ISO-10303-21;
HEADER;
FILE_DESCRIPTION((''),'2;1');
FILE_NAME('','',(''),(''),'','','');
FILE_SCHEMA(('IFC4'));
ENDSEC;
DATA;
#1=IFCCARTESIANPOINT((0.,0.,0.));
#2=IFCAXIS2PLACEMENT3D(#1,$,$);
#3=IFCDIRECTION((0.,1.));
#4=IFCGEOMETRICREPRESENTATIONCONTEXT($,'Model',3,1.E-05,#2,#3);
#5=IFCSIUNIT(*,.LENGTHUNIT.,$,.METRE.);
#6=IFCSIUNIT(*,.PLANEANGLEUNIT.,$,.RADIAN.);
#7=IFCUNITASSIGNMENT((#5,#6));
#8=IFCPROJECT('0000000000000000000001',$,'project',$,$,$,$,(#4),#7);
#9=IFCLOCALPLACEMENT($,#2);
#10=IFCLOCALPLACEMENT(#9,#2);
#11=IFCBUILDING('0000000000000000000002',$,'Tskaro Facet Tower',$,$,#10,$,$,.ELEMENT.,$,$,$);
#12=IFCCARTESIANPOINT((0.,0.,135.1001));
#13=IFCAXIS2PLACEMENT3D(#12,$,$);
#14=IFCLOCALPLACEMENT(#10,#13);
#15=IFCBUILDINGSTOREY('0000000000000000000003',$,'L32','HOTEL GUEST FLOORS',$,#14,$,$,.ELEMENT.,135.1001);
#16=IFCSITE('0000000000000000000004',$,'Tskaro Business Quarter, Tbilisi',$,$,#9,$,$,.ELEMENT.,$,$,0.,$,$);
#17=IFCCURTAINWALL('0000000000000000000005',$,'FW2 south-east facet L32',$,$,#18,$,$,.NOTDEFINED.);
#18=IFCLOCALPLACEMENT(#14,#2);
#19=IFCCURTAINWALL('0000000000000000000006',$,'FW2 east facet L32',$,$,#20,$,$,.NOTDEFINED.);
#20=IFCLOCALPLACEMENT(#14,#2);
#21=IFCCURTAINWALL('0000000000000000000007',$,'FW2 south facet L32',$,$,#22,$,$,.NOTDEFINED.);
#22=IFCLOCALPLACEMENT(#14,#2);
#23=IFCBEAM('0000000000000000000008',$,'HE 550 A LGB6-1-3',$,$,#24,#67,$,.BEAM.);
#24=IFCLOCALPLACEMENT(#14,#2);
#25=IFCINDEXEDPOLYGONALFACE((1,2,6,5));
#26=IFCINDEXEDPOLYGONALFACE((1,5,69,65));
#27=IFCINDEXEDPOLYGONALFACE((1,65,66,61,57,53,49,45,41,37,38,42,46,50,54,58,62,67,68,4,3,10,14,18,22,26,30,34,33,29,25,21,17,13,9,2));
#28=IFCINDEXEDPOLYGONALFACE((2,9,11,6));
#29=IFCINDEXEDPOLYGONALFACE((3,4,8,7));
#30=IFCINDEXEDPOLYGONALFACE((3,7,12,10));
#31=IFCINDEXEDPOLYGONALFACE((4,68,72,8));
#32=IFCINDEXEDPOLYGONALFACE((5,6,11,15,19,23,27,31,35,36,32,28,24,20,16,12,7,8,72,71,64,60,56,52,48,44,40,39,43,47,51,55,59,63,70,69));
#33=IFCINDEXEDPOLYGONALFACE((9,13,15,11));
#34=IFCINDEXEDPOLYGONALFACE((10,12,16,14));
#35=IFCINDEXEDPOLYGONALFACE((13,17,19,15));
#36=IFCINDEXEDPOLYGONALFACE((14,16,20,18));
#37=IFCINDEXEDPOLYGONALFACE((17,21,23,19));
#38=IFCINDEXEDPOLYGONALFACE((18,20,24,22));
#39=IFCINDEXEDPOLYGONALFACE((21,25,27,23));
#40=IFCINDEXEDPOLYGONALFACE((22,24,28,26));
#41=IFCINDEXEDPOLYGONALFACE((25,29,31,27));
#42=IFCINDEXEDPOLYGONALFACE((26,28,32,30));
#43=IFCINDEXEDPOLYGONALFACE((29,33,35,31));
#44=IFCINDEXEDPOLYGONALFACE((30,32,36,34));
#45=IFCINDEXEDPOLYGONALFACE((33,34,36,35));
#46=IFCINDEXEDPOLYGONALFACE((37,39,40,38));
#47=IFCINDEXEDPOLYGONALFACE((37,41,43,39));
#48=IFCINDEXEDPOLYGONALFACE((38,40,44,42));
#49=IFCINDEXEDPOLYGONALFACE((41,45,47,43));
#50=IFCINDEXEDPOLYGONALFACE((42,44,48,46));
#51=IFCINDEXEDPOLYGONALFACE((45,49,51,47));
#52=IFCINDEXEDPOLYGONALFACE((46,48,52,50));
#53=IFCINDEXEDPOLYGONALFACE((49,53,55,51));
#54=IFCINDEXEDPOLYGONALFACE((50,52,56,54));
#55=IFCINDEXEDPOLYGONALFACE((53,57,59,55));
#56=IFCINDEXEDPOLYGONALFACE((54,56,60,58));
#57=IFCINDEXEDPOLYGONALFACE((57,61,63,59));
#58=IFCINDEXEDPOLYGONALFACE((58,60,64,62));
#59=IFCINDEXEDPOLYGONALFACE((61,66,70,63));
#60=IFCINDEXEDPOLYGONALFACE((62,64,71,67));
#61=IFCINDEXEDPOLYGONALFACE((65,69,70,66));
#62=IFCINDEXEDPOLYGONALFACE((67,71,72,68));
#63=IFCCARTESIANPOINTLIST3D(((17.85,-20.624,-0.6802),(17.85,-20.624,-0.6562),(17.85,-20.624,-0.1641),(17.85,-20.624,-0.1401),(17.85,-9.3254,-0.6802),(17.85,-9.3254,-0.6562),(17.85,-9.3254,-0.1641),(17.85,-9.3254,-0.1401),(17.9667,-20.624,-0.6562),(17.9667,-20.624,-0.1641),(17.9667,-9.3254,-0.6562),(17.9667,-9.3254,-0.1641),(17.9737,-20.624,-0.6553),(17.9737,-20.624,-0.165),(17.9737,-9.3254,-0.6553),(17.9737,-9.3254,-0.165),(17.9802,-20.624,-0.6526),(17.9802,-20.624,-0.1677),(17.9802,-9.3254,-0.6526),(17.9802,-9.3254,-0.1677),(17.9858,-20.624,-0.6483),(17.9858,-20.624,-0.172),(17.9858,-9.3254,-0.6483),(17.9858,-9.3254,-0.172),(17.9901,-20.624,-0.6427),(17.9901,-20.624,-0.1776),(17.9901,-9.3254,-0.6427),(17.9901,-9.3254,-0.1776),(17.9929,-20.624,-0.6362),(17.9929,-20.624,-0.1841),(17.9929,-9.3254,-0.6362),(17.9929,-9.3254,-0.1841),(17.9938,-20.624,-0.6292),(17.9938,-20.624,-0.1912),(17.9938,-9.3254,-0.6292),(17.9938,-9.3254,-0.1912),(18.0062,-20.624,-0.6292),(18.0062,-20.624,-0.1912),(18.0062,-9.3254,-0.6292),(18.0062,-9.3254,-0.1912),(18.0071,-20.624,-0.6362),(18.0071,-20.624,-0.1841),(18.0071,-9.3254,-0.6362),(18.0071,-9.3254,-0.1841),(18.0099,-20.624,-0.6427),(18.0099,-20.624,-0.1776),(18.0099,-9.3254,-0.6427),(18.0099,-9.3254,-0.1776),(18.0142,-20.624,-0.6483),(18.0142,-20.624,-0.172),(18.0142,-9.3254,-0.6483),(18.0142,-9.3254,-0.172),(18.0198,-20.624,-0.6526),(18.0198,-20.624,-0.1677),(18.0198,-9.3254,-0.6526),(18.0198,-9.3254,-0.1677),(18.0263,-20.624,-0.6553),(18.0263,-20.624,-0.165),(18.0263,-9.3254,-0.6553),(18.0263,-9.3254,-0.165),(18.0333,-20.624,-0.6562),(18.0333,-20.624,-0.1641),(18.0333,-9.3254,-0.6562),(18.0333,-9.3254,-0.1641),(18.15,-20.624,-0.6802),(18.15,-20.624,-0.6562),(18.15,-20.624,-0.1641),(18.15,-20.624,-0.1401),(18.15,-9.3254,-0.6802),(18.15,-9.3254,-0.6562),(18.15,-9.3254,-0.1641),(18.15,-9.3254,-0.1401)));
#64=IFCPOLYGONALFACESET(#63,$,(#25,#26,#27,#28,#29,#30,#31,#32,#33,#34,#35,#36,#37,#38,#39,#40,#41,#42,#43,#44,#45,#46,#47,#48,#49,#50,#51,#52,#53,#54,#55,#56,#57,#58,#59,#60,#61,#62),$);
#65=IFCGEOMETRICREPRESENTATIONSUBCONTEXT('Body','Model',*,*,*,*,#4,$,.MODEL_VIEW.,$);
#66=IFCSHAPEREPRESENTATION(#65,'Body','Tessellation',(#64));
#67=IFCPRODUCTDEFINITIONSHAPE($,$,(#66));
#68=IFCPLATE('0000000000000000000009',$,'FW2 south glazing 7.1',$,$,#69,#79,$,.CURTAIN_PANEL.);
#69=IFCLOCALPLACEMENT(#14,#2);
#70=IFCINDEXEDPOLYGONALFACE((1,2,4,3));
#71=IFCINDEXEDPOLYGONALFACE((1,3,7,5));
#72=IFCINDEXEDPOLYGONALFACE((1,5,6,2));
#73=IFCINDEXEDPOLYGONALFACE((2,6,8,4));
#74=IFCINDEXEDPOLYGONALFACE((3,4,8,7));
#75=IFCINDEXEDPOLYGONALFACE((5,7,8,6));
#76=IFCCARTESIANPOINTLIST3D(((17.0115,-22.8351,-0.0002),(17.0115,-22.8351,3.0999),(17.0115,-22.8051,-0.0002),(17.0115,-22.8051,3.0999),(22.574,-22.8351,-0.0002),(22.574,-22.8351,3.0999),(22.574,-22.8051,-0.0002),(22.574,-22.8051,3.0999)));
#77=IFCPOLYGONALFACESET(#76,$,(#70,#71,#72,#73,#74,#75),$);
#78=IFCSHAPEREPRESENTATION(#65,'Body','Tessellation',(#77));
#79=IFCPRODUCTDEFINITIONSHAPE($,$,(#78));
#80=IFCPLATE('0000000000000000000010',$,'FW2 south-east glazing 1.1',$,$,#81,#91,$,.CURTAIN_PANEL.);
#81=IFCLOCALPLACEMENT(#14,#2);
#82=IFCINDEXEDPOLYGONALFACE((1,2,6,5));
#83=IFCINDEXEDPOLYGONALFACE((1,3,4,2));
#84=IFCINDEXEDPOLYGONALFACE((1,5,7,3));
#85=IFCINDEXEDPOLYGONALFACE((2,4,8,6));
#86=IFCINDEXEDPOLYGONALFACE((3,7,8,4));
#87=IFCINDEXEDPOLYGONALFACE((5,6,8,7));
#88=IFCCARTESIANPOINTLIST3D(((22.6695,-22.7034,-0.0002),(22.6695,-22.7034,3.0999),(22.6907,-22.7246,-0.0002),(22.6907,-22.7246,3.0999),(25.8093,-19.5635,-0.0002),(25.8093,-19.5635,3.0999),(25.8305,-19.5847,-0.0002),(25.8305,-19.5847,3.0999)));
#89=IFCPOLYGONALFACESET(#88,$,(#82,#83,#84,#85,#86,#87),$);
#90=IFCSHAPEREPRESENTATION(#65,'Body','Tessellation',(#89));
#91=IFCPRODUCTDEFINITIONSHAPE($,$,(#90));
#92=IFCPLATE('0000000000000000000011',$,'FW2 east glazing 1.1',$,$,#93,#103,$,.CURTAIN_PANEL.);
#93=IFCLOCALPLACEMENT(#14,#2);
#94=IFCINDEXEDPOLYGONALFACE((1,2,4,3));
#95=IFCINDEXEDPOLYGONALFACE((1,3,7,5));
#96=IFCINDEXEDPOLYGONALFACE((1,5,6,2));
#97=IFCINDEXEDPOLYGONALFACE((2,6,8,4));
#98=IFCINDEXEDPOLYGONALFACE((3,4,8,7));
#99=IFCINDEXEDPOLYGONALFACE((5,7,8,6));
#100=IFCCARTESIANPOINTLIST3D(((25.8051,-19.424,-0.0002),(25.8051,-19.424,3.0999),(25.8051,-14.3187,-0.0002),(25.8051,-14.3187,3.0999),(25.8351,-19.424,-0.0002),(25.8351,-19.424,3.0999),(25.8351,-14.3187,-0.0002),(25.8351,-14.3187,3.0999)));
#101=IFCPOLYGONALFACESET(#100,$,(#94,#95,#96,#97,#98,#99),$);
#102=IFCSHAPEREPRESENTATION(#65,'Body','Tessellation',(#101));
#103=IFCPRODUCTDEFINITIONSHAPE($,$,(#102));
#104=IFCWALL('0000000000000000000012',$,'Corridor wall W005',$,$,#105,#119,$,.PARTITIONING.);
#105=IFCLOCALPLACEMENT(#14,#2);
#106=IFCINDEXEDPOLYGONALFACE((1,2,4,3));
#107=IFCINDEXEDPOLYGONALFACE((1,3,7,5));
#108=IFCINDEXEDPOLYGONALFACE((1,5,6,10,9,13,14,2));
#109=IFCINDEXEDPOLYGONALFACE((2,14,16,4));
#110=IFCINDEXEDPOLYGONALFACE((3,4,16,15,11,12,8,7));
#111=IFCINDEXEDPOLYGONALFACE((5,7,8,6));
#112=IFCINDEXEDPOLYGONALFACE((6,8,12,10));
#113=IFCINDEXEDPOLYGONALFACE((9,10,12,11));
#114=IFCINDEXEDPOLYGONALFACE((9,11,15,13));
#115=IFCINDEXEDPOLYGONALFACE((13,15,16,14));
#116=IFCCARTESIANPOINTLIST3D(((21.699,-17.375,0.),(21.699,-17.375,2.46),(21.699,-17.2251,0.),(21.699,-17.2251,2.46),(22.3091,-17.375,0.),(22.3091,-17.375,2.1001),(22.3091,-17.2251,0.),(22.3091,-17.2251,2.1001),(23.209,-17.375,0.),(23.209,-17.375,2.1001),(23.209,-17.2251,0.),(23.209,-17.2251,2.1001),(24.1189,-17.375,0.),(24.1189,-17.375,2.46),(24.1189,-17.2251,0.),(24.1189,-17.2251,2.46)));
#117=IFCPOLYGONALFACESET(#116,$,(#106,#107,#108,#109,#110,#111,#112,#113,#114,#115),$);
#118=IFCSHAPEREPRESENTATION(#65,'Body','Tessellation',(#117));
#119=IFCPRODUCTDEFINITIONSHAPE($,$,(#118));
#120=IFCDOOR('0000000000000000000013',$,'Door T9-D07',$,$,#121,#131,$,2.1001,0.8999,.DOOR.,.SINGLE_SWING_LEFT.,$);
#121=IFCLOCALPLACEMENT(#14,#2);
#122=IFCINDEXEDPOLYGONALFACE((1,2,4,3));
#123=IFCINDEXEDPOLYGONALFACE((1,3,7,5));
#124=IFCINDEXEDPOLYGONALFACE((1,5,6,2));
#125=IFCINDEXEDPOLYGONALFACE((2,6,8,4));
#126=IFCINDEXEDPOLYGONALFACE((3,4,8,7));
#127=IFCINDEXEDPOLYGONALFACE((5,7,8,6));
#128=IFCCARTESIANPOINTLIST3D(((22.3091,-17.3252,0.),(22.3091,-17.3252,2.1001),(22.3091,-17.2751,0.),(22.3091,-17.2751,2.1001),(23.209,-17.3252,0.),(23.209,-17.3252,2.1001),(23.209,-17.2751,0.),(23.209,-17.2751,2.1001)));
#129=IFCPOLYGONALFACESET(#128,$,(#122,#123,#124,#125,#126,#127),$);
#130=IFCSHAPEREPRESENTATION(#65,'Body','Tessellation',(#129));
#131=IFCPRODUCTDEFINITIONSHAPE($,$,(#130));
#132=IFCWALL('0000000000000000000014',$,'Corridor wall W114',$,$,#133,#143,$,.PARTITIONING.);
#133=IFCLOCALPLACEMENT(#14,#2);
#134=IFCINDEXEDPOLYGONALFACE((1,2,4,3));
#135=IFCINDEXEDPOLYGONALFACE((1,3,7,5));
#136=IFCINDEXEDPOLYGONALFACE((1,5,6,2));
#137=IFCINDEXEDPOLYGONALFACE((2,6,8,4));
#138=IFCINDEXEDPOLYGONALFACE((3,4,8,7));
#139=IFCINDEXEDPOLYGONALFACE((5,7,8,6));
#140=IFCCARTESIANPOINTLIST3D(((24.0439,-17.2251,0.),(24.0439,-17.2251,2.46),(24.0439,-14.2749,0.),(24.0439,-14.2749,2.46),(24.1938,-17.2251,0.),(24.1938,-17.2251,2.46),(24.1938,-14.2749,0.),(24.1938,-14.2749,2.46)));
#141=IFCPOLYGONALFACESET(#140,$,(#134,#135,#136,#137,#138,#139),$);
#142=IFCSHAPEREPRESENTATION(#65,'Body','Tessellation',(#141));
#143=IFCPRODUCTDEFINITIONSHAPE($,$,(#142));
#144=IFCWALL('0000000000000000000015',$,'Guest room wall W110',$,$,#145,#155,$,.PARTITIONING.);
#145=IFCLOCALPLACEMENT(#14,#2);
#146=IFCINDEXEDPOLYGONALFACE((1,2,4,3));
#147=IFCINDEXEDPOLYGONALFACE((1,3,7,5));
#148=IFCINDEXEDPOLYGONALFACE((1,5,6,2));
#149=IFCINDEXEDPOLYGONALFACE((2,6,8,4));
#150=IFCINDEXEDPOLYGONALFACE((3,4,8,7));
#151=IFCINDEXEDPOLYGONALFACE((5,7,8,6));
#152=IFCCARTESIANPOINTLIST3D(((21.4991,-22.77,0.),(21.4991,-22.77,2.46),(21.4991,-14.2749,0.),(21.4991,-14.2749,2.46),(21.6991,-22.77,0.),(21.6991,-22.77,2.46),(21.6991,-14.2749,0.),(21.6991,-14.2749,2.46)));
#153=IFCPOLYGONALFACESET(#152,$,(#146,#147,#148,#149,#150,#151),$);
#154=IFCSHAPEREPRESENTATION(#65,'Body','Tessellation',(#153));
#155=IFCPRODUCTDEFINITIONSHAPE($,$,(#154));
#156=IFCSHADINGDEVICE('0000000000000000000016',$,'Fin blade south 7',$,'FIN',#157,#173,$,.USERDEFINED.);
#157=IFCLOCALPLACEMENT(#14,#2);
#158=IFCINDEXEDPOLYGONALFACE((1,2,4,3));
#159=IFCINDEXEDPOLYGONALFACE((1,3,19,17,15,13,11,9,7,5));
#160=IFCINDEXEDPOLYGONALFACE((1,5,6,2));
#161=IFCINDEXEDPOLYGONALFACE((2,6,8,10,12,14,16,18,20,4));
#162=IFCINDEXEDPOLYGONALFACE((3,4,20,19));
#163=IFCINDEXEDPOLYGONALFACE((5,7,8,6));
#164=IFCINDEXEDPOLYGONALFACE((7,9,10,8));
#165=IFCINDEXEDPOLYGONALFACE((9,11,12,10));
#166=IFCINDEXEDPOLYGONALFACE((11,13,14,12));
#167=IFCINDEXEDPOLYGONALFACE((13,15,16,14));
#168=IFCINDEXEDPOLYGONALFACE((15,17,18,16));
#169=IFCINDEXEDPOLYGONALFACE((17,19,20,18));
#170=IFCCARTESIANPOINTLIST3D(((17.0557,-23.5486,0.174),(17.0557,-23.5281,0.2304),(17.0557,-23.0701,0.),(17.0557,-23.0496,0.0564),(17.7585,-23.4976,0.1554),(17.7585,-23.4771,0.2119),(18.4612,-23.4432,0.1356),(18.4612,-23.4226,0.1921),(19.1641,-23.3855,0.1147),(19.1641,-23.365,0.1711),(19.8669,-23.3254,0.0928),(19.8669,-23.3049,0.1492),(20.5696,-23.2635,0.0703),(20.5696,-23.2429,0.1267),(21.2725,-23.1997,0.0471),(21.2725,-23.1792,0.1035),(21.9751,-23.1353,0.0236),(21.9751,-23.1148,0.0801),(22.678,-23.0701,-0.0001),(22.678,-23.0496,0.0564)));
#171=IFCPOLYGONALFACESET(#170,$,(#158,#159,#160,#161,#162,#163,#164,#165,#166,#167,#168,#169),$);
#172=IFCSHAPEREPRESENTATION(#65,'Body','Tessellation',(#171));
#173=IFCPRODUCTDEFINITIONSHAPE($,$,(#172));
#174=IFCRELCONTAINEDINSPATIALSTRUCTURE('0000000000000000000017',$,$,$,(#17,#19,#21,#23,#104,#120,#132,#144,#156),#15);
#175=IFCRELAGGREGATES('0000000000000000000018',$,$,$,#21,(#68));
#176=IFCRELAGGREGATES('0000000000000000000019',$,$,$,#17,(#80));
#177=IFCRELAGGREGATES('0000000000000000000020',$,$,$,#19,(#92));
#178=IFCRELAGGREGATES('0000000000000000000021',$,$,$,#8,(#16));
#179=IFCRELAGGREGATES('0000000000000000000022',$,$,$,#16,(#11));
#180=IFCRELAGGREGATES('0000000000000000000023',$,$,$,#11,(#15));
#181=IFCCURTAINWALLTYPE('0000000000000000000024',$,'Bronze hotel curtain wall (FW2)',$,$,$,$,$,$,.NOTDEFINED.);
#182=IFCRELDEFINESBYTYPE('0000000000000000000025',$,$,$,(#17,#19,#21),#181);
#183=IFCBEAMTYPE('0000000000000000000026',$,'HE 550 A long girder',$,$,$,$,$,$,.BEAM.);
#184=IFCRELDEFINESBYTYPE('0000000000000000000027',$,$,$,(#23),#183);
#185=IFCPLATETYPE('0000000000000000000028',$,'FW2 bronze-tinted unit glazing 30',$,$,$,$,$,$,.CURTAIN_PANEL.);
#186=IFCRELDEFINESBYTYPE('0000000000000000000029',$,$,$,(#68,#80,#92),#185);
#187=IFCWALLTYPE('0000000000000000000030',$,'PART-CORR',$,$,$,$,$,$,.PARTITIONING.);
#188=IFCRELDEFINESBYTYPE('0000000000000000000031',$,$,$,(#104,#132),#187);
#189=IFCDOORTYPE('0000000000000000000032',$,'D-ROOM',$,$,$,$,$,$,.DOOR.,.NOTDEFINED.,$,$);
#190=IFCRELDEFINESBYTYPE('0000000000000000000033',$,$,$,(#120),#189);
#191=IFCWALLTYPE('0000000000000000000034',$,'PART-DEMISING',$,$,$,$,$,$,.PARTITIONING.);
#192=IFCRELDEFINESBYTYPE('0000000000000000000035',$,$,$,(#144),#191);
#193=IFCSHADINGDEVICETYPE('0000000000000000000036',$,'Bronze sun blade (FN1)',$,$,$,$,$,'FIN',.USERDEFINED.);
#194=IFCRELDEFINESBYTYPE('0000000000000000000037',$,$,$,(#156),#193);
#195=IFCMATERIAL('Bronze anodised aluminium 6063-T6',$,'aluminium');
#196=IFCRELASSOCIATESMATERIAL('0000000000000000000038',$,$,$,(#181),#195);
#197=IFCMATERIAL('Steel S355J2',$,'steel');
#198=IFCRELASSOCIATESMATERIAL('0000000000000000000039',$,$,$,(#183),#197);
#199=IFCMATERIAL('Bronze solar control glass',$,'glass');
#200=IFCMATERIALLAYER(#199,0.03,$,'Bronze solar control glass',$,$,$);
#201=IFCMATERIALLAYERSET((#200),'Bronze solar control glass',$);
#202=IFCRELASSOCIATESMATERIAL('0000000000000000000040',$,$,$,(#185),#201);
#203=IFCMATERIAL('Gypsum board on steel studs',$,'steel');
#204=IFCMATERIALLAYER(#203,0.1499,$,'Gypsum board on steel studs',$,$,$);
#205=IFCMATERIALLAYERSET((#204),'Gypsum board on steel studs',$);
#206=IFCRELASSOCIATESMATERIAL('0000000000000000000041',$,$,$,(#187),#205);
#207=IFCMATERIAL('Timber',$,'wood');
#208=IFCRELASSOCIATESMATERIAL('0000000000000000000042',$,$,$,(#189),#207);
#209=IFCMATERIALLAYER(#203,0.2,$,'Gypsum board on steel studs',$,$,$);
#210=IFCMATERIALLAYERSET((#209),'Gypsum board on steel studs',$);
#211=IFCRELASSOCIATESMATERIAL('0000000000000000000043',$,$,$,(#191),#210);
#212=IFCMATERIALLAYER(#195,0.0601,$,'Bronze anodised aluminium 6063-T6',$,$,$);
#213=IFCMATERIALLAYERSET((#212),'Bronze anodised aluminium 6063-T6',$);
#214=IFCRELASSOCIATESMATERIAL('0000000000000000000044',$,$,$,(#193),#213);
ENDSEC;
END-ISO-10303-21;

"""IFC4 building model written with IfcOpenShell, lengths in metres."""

from ifc_helpers import new_model, si_unit, direction, frame, frame_2d, origin, origin_2d, place, context, subcontext, project, spatial, polyline, rectangle, i_section, outline, extrude, material, layer, layer_set, material_profile, profile_set, type_object, element, fill, aggregate, save


model = new_model("IFC4")

# Units and contexts
model_context = context("Model", 3, precision=1e-05, world=origin(), true_north=direction((0.0, 1.0)))
body_context = subcontext(model_context, "Body", "Model", "MODEL_VIEW")
ifc_project = project(units=[si_unit("LENGTHUNIT", "METRE"), si_unit("PLANEANGLEUNIT", "RADIAN")], contexts=[model_context])

# Site, building, storey
site_placement = place(None, origin())
site = spatial("IfcSite", under=ifc_project, at=site_placement, Name="Tskaro Business Quarter, Tbilisi", CompositionType="ELEMENT", RefElevation=0.0)
building_placement = place(site_placement, origin())
building = spatial("IfcBuilding", under=site, at=building_placement, Name="Tskaro Facet Tower", CompositionType="ELEMENT")
storey_placement = place(building_placement, frame((0.0, 0.0, 135.1001)))
storey = spatial("IfcBuildingStorey", under=building, at=storey_placement, Name="L32", Description="HOTEL GUEST FLOORS", CompositionType="ELEMENT", Elevation=135.1001)

# Curtain walls
ifc_material_1 = material(Name="Bronze anodised aluminium 6063-T6", Category="aluminium")
curtain_wall_type = type_object("IfcCurtainWallType", Name="Bronze hotel curtain wall (FW2)", PredefinedType="NOTDEFINED", material=ifc_material_1)
curtain_wall_1_placement = place(storey_placement, origin())
curtain_wall_1 = element("IfcCurtainWall", 1, at=curtain_wall_1_placement, inside=storey, type_object=curtain_wall_type, Name="FW2 south-east facet L32", PredefinedType="NOTDEFINED")
curtain_wall_2_placement = place(storey_placement, origin())
curtain_wall_2 = element("IfcCurtainWall", 2, at=curtain_wall_2_placement, inside=storey, type_object=curtain_wall_type, Name="FW2 east facet L32", PredefinedType="NOTDEFINED")

# Curtain wall
curtain_wall_3_placement = place(storey_placement, origin())
curtain_wall_3 = element("IfcCurtainWall", 3, at=curtain_wall_3_placement, inside=storey, type_object=curtain_wall_type, Name="FW2 south facet L32", PredefinedType="NOTDEFINED")

# Beam
ifc_material_2 = material(Name="Steel S355J2", Category="steel")
ifc_material_profile_1 = material_profile(ifc_material_2, i_section(OverallWidth=0.3, OverallDepth=0.54, WebThickness=0.0125, FlangeThickness=0.0239, FilletRadius=0.0271, at=origin_2d()), Name="HE 550 A")
ifc_profile_set_1 = profile_set([ifc_material_profile_1], Name="Steel S355J2")
beam_type_1 = type_object("IfcBeamType", Name="HE 550 A long girder", PredefinedType="BEAM", material=ifc_profile_set_1)
beam_1_placement = place(storey_placement, frame((18.0, -20.624, -0.4102), z_axis=(0.0, 1.0, 0.0), x_axis=(-1.0, 0.0, 0.0)))
element("IfcBeam", 4, at=beam_1_placement, inside=storey, type_object=beam_type_1, Name="HE 550 A LGB6-1-3", PredefinedType="BEAM", context=body_context, shape_type="SweptSolid", body=[
    extrude(i_section(OverallWidth=0.3, OverallDepth=0.54, WebThickness=0.0125, FlangeThickness=0.0239, FilletRadius=0.0271, at=origin_2d()), origin(), (0.0, 0.0, 1.0), 11.2986),
])

# Plates
ifc_material_3 = material(Name="Bronze solar control glass", Category="glass")
ifc_layer_1 = layer(ifc_material_3, 0.03, Name="Bronze solar control glass")
ifc_layer_set_1 = layer_set([ifc_layer_1], Name="Bronze solar control glass")
plate_type = type_object("IfcPlateType", Name="FW2 bronze-tinted unit glazing 30", PredefinedType="CURTAIN_PANEL", material=ifc_layer_set_1)
plate_1_placement = place(storey_placement, frame((19.7927, -22.8201, -0.0002), z_axis=(0.0, 0.0, 1.0), x_axis=(1.0, 0.0, 0.0)))
plate_1 = element("IfcPlate", 5, at=plate_1_placement, type_object=plate_type, Name="FW2 south glazing 7.1", PredefinedType="CURTAIN_PANEL", context=body_context, shape_type="SweptSolid", body=[
    extrude(rectangle(XDim=5.5625, YDim=0.03, at=origin_2d()), origin(), (0.0, 0.0, 1.0), 3.1001),
])
aggregate(curtain_wall_3, [plate_1])
plate_2_placement = place(storey_placement, frame((24.25, -21.144, -0.0002), z_axis=(0.0, 0.0, 1.0), x_axis=(0.707107, 0.707107, 0.0)))
plate_2 = element("IfcPlate", 6, at=plate_2_placement, type_object=plate_type, Name="FW2 south-east glazing 1.1", PredefinedType="CURTAIN_PANEL", context=body_context, shape_type="SweptSolid", body=[
    extrude(rectangle(XDim=4.4404, YDim=0.03, at=origin_2d()), origin(), (0.0, 0.0, 1.0), 3.1001),
])
aggregate(curtain_wall_1, [plate_2])
plate_3_placement = place(storey_placement, frame((25.8201, -16.8713, -0.0002), z_axis=(0.0, 0.0, 1.0), x_axis=(0.0, 1.0, 0.0)))
plate_3 = element("IfcPlate", 7, at=plate_3_placement, type_object=plate_type, Name="FW2 east glazing 1.1", PredefinedType="CURTAIN_PANEL", context=body_context, shape_type="SweptSolid", body=[
    extrude(rectangle(XDim=5.1052, YDim=0.03, at=origin_2d()), origin(), (0.0, 0.0, 1.0), 3.1001),
])
aggregate(curtain_wall_2, [plate_3])

# Wall, opening, door
ifc_material_4 = material(Name="Gypsum board on steel studs", Category="steel")
ifc_layer_2 = layer(ifc_material_4, 0.1499, Name="Gypsum board on steel studs")
ifc_layer_set_2 = layer_set([ifc_layer_2], Name="Gypsum board on steel studs")
wall_type_1 = type_object("IfcWallType", Name="PART-CORR", PredefinedType="PARTITIONING", material=ifc_layer_set_2)
wall_1_placement = place(storey_placement, frame((21.699, -17.3, 0.0), z_axis=(0.0, 0.0, 1.0), x_axis=(1.0, 0.0, 0.0)))
wall_1 = element("IfcWall", 8, at=wall_1_placement, inside=storey, type_object=wall_type_1, Name="Corridor wall W005", PredefinedType="PARTITIONING", context=body_context, shape_type="SweptSolid", body=[
    extrude(rectangle(XDim=2.4199, YDim=0.1499, at=frame_2d((1.21, 0.0))), origin(), (0.0, 0.0, 1.0), 2.46),
])
opening_placement = place(wall_1_placement, frame((0.6101, 0.0, 0.0)))
opening = element("IfcOpeningElement", 9, at=opening_placement, cuts=wall_1, PredefinedType="OPENING", context=body_context, shape_type="SweptSolid", body=[
    extrude(rectangle(XDim=0.8999, YDim=2.1001, at=frame_2d((0.45, 1.05))), frame((0.0, 0.085, 0.0), z_axis=(0.0, -1.0, 0.0), x_axis=(1.0, 0.0, 0.0)), (0.0, 0.0, 1.0), 0.1699),
])
ifc_material_5 = material(Name="Timber", Category="wood")
door_type = type_object("IfcDoorType", Name="D-ROOM", OperationType="NOTDEFINED", PredefinedType="DOOR", material=ifc_material_5)
door_placement = place(opening_placement, origin())
door = element("IfcDoor", 10, at=door_placement, inside=storey, type_object=door_type, Name="Door T9-D07", OperationType="SINGLE_SWING_LEFT", OverallHeight=2.1001, OverallWidth=0.8999, PredefinedType="DOOR", context=body_context, shape_type="SweptSolid", body=[
    extrude(rectangle(XDim=0.8999, YDim=2.1001, at=frame_2d((0.45, 1.05))), frame((0.0, 0.0249, 0.0), z_axis=(0.0, -1.0, 0.0), x_axis=(1.0, 0.0, 0.0)), (0.0, 0.0, 1.0), 0.05),
])
fill(opening, door)

# Walls
wall_2_placement = place(storey_placement, frame((24.1189, -17.2251, 0.0), z_axis=(0.0, 0.0, 1.0), x_axis=(0.0, 1.0, 0.0)))
element("IfcWall", 11, at=wall_2_placement, inside=storey, type_object=wall_type_1, Name="Corridor wall W114", PredefinedType="PARTITIONING", context=body_context, shape_type="SweptSolid", body=[
    extrude(rectangle(XDim=2.9502, YDim=0.1499, at=frame_2d((1.4751, 0.0))), origin(), (0.0, 0.0, 1.0), 2.46),
])
ifc_layer_3 = layer(ifc_material_4, 0.2, Name="Gypsum board on steel studs")
ifc_layer_set_3 = layer_set([ifc_layer_3], Name="Gypsum board on steel studs")
wall_type_2 = type_object("IfcWallType", Name="PART-DEMISING", PredefinedType="PARTITIONING", material=ifc_layer_set_3)
wall_3_placement = place(storey_placement, frame((21.5991, -22.77, 0.0), z_axis=(0.0, 0.0, 1.0), x_axis=(0.0, 1.0, 0.0)))
element("IfcWall", 12, at=wall_3_placement, inside=storey, type_object=wall_type_2, Name="Guest room wall W110", PredefinedType="PARTITIONING", context=body_context, shape_type="SweptSolid", body=[
    extrude(rectangle(XDim=8.4951, YDim=0.2, at=frame_2d((4.2476, 0.0))), origin(), (0.0, 0.0, 1.0), 2.46),
])

# Shading device
ifc_layer_4 = layer(ifc_material_1, 0.0601, Name="Bronze anodised aluminium 6063-T6")
ifc_layer_set_4 = layer_set([ifc_layer_4], Name="Bronze anodised aluminium 6063-T6")
shading_device_type = type_object("IfcShadingDeviceType", Name="Bronze sun blade (FN1)", ElementType="FIN", PredefinedType="USERDEFINED", material=ifc_layer_set_4)
shading_device_1_placement = place(storey_placement, frame((17.0557, -23.0496, 0.0564), z_axis=(0.000008, 0.341785, 0.939778), x_axis=(1.0, -0.000003, -0.000007)))
element("IfcShadingDevice", 13, at=shading_device_1_placement, inside=storey, type_object=shading_device_type, Name="Fin blade south 7", ObjectType="FIN", PredefinedType="USERDEFINED", context=body_context, shape_type="SweptSolid", body=[
    extrude(outline(polyline([(0.0, 0.0), (5.6223, 0.0), (4.9194, -0.0694), (4.2168, -0.1379), (3.5139, -0.2057), (2.8113, -0.2717), (2.1084, -0.3357), (1.4055, -0.397), (0.7029, -0.4549), (0.0, -0.5092), (0.0, 0.0)])), origin(), (0.0, 0.0, -1.0), 0.0601),
])

save(model, "model.ifc")
